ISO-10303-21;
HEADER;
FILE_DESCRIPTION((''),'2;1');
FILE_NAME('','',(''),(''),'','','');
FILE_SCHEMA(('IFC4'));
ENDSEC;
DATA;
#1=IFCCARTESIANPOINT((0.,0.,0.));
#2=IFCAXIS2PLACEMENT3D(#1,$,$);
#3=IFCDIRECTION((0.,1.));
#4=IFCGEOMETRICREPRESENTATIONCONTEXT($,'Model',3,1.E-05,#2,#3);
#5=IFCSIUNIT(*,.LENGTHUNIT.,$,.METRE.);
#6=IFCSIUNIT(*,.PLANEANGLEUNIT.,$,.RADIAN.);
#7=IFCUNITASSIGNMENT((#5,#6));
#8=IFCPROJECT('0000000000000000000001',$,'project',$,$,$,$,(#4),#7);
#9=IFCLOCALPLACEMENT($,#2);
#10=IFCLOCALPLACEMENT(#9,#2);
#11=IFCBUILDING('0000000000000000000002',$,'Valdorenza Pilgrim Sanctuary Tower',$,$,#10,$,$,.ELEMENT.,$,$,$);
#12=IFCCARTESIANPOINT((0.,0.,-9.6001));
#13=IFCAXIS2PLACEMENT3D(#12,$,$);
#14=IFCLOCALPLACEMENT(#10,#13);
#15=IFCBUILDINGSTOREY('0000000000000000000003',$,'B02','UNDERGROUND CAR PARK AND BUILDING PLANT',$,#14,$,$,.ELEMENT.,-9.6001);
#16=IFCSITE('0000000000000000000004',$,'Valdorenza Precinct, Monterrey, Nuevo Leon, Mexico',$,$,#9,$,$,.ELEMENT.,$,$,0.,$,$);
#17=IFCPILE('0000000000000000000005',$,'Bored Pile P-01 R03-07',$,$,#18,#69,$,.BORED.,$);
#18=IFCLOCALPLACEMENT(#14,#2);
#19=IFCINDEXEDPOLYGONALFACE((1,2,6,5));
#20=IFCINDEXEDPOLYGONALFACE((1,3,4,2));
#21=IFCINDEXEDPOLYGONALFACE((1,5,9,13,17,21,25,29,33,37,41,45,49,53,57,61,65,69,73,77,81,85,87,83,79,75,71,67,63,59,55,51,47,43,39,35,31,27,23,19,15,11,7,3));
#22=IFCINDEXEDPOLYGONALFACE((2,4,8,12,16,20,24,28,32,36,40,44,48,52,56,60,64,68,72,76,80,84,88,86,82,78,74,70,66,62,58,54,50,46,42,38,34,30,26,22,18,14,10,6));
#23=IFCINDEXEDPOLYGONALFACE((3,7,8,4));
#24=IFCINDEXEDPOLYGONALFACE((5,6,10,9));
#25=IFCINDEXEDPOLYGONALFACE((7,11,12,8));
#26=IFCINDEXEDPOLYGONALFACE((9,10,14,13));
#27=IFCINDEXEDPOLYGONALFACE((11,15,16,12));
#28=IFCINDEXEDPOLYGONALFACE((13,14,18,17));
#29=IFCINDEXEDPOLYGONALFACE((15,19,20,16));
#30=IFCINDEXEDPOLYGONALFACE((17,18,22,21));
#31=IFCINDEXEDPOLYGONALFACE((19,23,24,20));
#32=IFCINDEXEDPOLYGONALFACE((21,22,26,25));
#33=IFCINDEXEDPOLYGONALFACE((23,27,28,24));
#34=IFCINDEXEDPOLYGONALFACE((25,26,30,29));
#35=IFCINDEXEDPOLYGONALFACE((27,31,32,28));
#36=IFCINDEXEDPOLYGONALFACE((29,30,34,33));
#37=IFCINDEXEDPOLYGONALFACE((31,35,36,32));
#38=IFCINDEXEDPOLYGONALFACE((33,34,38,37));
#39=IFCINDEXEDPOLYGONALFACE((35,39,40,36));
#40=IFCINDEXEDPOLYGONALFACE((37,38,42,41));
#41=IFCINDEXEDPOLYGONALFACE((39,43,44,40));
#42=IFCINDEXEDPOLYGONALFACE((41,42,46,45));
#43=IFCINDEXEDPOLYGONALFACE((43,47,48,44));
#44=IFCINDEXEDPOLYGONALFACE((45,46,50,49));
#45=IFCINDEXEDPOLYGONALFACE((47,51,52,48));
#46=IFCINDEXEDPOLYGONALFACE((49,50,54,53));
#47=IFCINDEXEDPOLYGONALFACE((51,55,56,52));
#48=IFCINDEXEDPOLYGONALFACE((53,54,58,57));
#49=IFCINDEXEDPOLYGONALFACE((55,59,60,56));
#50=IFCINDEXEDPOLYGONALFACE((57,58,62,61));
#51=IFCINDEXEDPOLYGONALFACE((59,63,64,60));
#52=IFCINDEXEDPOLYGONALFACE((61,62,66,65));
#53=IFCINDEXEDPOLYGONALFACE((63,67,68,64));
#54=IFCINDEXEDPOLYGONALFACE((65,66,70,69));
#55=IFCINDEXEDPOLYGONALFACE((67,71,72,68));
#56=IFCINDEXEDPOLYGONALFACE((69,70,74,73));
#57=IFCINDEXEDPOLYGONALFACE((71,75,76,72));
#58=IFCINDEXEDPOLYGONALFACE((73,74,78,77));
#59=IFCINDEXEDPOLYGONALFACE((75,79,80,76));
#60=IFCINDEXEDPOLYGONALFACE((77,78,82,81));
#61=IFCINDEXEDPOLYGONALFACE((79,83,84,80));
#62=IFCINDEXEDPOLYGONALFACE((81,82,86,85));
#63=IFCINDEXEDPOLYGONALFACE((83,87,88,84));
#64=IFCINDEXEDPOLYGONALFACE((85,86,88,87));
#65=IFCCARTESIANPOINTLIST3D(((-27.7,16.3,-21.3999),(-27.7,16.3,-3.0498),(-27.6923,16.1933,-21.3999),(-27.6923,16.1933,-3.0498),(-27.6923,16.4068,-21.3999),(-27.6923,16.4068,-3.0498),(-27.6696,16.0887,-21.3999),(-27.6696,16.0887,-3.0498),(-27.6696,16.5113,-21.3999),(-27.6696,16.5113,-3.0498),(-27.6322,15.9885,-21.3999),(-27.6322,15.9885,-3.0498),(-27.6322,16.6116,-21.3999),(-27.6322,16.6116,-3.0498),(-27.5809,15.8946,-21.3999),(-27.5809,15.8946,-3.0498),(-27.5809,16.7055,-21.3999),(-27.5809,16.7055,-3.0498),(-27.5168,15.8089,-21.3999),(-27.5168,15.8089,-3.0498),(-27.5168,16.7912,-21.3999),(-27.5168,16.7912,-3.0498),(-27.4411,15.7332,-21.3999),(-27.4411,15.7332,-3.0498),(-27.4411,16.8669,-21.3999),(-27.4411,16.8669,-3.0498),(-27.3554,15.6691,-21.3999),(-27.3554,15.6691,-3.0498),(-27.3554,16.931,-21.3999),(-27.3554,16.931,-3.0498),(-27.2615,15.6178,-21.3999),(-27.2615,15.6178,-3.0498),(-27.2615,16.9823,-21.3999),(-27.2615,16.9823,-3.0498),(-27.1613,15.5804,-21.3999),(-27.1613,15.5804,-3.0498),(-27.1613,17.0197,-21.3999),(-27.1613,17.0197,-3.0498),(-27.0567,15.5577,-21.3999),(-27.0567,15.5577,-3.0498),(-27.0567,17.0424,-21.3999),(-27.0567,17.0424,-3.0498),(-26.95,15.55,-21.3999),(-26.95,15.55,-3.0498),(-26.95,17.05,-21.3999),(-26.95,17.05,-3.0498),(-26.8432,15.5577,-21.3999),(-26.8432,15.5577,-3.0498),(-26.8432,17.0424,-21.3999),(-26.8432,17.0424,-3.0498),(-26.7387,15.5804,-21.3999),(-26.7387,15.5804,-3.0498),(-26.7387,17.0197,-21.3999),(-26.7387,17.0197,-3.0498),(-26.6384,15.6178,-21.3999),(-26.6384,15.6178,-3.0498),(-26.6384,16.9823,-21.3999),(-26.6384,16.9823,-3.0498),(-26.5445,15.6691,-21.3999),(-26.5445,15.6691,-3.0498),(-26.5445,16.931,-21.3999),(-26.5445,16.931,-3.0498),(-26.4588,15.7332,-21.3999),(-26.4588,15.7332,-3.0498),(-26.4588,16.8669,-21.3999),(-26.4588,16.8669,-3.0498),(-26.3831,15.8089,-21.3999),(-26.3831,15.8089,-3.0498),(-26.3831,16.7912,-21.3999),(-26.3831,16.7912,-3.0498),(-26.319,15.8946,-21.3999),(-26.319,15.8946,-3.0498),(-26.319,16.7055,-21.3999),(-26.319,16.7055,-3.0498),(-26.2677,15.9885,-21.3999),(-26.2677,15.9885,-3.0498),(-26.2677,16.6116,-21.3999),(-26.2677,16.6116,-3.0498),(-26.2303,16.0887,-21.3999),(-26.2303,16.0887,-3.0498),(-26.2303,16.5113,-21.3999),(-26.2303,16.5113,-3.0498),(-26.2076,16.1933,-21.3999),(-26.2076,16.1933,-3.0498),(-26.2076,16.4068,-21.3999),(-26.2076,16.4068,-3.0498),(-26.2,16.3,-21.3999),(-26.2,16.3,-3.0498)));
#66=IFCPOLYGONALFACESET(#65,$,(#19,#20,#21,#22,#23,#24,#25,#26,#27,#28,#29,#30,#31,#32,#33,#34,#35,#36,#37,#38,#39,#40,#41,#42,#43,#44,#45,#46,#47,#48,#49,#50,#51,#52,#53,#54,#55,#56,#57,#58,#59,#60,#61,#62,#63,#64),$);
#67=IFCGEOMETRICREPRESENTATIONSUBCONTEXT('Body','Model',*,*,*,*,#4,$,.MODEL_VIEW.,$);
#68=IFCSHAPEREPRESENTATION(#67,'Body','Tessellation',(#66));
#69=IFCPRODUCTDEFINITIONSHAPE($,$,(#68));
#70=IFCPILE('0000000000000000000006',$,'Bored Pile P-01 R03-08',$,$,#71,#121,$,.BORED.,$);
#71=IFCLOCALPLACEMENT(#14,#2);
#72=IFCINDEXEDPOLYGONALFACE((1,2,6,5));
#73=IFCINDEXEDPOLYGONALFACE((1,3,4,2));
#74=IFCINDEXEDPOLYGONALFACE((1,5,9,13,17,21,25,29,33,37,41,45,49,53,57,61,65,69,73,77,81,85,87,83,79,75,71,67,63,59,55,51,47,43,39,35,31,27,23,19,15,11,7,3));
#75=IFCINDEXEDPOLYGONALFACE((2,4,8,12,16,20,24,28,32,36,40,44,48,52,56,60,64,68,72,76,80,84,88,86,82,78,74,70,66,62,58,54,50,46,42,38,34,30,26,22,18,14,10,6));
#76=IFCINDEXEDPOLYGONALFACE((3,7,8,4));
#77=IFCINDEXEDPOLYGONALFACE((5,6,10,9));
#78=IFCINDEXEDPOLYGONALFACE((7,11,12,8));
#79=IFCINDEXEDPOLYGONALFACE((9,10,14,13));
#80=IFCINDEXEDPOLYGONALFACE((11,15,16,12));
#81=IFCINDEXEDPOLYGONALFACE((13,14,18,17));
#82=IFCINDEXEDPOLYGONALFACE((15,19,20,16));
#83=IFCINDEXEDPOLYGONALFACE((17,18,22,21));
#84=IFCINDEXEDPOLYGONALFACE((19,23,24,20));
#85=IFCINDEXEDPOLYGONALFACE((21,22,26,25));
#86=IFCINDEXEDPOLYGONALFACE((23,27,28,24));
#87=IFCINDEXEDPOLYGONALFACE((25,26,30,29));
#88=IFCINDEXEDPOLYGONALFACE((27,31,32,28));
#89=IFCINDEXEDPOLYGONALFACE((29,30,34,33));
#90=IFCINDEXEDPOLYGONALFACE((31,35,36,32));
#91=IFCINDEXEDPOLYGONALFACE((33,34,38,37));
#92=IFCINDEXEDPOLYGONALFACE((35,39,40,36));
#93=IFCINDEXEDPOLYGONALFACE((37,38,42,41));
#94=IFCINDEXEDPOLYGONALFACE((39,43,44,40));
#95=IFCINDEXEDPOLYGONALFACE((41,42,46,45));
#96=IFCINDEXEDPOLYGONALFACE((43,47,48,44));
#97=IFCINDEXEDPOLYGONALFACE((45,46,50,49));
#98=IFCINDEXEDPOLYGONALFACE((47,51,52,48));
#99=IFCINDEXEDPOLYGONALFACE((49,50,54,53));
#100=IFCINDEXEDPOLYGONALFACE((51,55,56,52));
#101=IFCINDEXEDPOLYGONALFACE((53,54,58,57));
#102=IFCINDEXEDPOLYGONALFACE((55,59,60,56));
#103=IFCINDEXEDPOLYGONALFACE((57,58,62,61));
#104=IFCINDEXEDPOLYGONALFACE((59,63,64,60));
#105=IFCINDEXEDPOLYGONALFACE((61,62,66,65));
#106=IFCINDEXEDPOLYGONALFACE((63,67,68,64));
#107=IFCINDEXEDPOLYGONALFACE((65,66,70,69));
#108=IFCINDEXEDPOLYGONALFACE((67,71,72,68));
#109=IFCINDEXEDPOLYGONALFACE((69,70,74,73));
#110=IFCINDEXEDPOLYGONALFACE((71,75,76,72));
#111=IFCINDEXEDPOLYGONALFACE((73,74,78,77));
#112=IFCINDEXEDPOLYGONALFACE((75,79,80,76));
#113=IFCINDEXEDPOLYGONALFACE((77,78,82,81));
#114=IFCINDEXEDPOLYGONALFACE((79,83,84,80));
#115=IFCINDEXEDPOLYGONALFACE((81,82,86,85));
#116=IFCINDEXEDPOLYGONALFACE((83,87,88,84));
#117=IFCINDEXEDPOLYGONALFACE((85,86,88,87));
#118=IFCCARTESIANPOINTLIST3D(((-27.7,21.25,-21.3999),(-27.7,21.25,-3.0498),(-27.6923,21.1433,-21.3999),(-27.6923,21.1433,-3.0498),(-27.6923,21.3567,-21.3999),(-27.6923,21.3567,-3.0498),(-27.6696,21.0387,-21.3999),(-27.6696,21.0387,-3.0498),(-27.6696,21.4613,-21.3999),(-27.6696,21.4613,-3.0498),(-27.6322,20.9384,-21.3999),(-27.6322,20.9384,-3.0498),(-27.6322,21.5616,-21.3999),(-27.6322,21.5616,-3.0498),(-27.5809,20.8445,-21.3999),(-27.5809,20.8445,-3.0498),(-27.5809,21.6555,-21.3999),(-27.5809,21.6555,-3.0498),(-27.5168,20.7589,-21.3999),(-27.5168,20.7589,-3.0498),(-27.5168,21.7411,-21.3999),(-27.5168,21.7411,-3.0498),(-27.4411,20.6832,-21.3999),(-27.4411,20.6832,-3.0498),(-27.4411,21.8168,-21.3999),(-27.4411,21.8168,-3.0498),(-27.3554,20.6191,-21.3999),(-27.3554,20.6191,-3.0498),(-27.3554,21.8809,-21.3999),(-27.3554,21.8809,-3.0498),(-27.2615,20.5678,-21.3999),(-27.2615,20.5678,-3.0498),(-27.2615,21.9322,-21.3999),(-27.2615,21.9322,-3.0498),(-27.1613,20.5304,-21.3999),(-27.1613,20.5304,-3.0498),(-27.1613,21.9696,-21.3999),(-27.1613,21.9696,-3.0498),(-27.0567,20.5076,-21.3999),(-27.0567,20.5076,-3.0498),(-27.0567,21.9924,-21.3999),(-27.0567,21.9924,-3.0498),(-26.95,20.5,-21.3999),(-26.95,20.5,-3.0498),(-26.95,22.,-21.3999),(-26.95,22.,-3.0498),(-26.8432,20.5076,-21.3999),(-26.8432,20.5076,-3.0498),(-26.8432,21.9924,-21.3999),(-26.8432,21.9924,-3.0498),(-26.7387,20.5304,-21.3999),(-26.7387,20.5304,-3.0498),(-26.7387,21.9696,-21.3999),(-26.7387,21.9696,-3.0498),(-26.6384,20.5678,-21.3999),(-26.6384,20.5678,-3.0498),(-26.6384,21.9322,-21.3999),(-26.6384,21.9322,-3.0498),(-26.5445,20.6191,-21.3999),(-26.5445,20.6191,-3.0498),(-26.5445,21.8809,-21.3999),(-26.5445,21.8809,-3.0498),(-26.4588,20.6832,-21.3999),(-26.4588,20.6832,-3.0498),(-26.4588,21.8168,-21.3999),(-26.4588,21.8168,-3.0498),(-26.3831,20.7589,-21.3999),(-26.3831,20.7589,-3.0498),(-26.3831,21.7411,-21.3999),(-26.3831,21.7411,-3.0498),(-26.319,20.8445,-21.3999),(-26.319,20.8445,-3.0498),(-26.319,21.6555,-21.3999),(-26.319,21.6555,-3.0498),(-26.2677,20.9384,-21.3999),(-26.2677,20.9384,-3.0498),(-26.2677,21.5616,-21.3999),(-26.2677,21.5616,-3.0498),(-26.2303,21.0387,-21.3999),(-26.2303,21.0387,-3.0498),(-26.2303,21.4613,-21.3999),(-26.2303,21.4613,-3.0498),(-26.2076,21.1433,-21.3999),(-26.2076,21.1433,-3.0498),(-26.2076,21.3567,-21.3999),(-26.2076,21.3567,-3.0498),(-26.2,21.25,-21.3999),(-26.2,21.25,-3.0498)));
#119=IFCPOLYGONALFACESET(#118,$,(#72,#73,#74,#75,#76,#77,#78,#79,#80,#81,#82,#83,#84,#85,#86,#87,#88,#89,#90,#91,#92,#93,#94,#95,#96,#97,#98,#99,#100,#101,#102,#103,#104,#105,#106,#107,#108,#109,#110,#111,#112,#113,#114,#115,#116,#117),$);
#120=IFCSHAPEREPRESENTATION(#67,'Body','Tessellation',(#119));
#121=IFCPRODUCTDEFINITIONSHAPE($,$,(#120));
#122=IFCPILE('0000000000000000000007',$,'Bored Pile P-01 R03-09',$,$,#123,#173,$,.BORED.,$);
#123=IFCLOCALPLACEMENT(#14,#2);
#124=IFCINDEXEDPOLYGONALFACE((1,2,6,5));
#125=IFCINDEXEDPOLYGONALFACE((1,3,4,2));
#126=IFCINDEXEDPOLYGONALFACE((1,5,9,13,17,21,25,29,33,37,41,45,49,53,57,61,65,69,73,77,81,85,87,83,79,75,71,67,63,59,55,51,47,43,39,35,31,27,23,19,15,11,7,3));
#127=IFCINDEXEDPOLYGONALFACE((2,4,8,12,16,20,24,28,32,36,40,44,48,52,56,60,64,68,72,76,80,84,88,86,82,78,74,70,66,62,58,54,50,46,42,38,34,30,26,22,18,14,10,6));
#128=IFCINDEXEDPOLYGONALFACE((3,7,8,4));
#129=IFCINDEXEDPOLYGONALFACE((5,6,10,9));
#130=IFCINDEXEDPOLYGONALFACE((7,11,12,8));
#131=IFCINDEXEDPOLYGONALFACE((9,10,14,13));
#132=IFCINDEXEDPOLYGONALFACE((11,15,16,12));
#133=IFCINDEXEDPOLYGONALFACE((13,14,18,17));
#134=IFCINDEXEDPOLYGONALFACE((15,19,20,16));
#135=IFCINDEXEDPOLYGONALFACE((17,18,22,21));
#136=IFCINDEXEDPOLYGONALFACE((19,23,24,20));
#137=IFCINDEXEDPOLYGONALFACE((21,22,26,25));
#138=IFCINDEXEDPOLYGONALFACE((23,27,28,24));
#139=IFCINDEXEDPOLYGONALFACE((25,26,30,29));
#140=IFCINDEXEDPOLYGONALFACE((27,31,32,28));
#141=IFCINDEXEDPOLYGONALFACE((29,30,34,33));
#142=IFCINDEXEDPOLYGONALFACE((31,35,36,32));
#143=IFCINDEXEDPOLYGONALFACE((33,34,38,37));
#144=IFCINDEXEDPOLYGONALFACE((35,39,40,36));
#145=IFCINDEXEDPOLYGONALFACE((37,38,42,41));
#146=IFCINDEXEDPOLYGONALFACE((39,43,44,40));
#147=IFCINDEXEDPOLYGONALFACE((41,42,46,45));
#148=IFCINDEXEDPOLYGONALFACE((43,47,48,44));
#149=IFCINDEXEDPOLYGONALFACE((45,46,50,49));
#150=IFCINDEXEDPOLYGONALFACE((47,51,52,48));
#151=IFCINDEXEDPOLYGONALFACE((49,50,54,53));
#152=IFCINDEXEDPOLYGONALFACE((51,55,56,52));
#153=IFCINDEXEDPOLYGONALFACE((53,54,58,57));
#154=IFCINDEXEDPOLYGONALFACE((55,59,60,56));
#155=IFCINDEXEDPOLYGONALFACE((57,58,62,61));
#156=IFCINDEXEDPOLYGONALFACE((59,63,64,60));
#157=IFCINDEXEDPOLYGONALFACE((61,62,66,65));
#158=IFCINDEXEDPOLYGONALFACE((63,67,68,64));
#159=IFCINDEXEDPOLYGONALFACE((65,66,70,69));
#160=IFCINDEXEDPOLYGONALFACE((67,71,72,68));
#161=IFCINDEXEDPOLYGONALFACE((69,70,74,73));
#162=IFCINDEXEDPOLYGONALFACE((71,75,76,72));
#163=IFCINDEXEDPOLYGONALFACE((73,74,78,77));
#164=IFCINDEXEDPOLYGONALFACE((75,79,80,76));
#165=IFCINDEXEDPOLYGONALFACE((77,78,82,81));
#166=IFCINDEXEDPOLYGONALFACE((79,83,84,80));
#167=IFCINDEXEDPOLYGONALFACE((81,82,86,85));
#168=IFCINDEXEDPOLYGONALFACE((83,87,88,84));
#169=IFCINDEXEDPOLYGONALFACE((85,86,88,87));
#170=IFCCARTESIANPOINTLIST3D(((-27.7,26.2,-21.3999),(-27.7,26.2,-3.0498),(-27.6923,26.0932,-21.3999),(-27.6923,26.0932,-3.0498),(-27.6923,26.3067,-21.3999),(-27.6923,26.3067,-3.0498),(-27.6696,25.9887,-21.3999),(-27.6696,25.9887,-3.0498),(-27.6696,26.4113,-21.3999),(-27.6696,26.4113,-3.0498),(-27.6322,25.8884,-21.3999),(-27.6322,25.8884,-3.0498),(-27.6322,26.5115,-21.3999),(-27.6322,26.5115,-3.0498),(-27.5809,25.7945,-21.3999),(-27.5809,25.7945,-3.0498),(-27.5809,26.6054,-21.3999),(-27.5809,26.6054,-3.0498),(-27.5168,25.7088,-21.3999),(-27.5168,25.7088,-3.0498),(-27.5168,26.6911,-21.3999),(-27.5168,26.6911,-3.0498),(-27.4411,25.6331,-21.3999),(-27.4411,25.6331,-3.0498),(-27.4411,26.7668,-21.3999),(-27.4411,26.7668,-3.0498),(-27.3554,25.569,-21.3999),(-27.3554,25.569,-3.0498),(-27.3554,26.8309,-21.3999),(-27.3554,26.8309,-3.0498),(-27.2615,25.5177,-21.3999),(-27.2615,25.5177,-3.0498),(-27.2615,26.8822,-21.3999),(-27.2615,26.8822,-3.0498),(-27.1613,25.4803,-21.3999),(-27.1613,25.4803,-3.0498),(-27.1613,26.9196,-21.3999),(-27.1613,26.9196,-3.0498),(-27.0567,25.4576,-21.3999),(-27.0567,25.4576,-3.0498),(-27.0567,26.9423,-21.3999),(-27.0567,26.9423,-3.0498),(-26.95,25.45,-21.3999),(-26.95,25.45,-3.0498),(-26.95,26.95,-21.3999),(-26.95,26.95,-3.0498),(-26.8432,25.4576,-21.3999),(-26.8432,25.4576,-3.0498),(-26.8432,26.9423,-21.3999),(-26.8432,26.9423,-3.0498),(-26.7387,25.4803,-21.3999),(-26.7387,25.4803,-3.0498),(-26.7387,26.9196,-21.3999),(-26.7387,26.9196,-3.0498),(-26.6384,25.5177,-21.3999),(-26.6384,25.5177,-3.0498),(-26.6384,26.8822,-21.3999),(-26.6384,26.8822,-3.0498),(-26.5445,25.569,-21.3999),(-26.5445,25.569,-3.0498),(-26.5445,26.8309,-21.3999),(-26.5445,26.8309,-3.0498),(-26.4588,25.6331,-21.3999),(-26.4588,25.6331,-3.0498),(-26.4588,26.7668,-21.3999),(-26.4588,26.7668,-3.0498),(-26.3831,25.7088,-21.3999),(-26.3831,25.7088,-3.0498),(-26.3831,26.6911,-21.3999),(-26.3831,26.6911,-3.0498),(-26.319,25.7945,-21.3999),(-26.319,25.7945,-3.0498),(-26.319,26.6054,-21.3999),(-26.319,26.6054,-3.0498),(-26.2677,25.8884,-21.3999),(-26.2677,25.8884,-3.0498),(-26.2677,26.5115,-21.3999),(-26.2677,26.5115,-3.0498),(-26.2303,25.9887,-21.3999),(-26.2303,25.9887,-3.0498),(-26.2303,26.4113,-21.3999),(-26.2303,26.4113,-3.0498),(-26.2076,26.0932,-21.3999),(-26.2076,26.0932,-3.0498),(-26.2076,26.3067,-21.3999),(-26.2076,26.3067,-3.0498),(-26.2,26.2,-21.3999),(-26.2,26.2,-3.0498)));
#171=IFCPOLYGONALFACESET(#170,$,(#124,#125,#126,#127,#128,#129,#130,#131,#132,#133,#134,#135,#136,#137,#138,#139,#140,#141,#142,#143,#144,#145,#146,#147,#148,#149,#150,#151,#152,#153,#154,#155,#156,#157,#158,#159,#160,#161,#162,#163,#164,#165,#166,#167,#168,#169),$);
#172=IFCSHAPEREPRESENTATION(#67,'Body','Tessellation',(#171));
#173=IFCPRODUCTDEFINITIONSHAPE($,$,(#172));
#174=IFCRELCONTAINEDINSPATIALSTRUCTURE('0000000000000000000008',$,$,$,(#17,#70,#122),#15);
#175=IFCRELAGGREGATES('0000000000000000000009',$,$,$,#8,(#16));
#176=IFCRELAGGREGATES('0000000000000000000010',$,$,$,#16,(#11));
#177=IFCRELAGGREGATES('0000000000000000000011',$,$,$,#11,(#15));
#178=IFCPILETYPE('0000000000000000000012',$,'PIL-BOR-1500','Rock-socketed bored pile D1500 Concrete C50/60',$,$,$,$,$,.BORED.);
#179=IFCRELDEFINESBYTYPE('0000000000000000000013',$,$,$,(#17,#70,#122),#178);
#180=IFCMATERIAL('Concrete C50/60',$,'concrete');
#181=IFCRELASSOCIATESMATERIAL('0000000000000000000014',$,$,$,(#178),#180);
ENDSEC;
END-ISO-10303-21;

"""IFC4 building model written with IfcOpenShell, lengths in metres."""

from ifc_helpers import new_model, si_unit, direction, frame, origin, origin_2d, place, context, subcontext, project, spatial, circle, extrude, source, transform, mapped, material, material_profile, profile_set, type_object, element, save


model = new_model("IFC4")

# Units and contexts
model_context = context("Model", 3, precision=1e-05, world=origin(), true_north=direction((0.0, 1.0)))
body_context = subcontext(model_context, "Body", "Model", "MODEL_VIEW")
ifc_project = project(units=[si_unit("LENGTHUNIT", "METRE"), si_unit("PLANEANGLEUNIT", "RADIAN")], contexts=[model_context])

# Site, building, storey
site_placement = place(None, origin())
site = spatial("IfcSite", under=ifc_project, at=site_placement, Name="Valdorenza Precinct, Monterrey, Nuevo Leon, Mexico", CompositionType="ELEMENT", RefElevation=0.0)
building_placement = place(site_placement, origin())
building = spatial("IfcBuilding", under=site, at=building_placement, Name="Valdorenza Pilgrim Sanctuary Tower", CompositionType="ELEMENT")
storey_placement = place(building_placement, frame((0.0, 0.0, -9.6001)))
storey = spatial("IfcBuildingStorey", under=building, at=storey_placement, Name="B02", Description="UNDERGROUND CAR PARK AND BUILDING PLANT", CompositionType="ELEMENT", Elevation=-9.6001)

# Piles
ifc_material_1 = material(Name="Concrete C50/60", Category="concrete")
ifc_material_profile_1 = material_profile(ifc_material_1, circle(Radius=0.75, at=origin_2d()), Name="BORED PILE 1500")
ifc_profile_set_1 = profile_set([ifc_material_profile_1], Name="Concrete C50/60")
pile_type = type_object("IfcPileType", Name="PIL-BOR-1500", Description="Rock-socketed bored pile D1500 Concrete C50/60", PredefinedType="BORED", material=ifc_profile_set_1)
shared_shape_1 = source(origin(), body_context, "Body", "SweptSolid", [
    extrude(circle(Radius=0.75, at=origin_2d()), origin(), (0.0, 0.0, 1.0), 18.3501),
])
for number, where, z_axis, x_axis, name in (
    (1, (-26.95, 16.3, -3.0498), (0.0, 0.0, -1.0), (1.0, 0.0, 0.0), "Bored Pile P-01 R03-07"),
    (2, (-26.95, 21.25, -3.0498), (0.0, 0.0, -1.0), (1.0, 0.0, 0.0), "Bored Pile P-01 R03-08"),
    (3, (-26.95, 26.2, -3.0498), (0.0, 0.0, -1.0), (1.0, 0.0, 0.0), "Bored Pile P-01 R03-09"),
):
    element("IfcPile", number, at=place(storey_placement, frame(where, z_axis=z_axis, x_axis=x_axis)), inside=storey, type_object=pile_type, Name=name, PredefinedType="BORED", context=body_context, shape_type="MappedRepresentation", body=[
        mapped(shared_shape_1, transform((0.0, 0.0, 0.0), x_axis=(1.0, 0.0, 0.0), y_axis=(0.0, 1.0, 0.0), z_axis=(0.0, 0.0, 1.0), scale=1.0)),
    ])

save(model, "model.ifc")
